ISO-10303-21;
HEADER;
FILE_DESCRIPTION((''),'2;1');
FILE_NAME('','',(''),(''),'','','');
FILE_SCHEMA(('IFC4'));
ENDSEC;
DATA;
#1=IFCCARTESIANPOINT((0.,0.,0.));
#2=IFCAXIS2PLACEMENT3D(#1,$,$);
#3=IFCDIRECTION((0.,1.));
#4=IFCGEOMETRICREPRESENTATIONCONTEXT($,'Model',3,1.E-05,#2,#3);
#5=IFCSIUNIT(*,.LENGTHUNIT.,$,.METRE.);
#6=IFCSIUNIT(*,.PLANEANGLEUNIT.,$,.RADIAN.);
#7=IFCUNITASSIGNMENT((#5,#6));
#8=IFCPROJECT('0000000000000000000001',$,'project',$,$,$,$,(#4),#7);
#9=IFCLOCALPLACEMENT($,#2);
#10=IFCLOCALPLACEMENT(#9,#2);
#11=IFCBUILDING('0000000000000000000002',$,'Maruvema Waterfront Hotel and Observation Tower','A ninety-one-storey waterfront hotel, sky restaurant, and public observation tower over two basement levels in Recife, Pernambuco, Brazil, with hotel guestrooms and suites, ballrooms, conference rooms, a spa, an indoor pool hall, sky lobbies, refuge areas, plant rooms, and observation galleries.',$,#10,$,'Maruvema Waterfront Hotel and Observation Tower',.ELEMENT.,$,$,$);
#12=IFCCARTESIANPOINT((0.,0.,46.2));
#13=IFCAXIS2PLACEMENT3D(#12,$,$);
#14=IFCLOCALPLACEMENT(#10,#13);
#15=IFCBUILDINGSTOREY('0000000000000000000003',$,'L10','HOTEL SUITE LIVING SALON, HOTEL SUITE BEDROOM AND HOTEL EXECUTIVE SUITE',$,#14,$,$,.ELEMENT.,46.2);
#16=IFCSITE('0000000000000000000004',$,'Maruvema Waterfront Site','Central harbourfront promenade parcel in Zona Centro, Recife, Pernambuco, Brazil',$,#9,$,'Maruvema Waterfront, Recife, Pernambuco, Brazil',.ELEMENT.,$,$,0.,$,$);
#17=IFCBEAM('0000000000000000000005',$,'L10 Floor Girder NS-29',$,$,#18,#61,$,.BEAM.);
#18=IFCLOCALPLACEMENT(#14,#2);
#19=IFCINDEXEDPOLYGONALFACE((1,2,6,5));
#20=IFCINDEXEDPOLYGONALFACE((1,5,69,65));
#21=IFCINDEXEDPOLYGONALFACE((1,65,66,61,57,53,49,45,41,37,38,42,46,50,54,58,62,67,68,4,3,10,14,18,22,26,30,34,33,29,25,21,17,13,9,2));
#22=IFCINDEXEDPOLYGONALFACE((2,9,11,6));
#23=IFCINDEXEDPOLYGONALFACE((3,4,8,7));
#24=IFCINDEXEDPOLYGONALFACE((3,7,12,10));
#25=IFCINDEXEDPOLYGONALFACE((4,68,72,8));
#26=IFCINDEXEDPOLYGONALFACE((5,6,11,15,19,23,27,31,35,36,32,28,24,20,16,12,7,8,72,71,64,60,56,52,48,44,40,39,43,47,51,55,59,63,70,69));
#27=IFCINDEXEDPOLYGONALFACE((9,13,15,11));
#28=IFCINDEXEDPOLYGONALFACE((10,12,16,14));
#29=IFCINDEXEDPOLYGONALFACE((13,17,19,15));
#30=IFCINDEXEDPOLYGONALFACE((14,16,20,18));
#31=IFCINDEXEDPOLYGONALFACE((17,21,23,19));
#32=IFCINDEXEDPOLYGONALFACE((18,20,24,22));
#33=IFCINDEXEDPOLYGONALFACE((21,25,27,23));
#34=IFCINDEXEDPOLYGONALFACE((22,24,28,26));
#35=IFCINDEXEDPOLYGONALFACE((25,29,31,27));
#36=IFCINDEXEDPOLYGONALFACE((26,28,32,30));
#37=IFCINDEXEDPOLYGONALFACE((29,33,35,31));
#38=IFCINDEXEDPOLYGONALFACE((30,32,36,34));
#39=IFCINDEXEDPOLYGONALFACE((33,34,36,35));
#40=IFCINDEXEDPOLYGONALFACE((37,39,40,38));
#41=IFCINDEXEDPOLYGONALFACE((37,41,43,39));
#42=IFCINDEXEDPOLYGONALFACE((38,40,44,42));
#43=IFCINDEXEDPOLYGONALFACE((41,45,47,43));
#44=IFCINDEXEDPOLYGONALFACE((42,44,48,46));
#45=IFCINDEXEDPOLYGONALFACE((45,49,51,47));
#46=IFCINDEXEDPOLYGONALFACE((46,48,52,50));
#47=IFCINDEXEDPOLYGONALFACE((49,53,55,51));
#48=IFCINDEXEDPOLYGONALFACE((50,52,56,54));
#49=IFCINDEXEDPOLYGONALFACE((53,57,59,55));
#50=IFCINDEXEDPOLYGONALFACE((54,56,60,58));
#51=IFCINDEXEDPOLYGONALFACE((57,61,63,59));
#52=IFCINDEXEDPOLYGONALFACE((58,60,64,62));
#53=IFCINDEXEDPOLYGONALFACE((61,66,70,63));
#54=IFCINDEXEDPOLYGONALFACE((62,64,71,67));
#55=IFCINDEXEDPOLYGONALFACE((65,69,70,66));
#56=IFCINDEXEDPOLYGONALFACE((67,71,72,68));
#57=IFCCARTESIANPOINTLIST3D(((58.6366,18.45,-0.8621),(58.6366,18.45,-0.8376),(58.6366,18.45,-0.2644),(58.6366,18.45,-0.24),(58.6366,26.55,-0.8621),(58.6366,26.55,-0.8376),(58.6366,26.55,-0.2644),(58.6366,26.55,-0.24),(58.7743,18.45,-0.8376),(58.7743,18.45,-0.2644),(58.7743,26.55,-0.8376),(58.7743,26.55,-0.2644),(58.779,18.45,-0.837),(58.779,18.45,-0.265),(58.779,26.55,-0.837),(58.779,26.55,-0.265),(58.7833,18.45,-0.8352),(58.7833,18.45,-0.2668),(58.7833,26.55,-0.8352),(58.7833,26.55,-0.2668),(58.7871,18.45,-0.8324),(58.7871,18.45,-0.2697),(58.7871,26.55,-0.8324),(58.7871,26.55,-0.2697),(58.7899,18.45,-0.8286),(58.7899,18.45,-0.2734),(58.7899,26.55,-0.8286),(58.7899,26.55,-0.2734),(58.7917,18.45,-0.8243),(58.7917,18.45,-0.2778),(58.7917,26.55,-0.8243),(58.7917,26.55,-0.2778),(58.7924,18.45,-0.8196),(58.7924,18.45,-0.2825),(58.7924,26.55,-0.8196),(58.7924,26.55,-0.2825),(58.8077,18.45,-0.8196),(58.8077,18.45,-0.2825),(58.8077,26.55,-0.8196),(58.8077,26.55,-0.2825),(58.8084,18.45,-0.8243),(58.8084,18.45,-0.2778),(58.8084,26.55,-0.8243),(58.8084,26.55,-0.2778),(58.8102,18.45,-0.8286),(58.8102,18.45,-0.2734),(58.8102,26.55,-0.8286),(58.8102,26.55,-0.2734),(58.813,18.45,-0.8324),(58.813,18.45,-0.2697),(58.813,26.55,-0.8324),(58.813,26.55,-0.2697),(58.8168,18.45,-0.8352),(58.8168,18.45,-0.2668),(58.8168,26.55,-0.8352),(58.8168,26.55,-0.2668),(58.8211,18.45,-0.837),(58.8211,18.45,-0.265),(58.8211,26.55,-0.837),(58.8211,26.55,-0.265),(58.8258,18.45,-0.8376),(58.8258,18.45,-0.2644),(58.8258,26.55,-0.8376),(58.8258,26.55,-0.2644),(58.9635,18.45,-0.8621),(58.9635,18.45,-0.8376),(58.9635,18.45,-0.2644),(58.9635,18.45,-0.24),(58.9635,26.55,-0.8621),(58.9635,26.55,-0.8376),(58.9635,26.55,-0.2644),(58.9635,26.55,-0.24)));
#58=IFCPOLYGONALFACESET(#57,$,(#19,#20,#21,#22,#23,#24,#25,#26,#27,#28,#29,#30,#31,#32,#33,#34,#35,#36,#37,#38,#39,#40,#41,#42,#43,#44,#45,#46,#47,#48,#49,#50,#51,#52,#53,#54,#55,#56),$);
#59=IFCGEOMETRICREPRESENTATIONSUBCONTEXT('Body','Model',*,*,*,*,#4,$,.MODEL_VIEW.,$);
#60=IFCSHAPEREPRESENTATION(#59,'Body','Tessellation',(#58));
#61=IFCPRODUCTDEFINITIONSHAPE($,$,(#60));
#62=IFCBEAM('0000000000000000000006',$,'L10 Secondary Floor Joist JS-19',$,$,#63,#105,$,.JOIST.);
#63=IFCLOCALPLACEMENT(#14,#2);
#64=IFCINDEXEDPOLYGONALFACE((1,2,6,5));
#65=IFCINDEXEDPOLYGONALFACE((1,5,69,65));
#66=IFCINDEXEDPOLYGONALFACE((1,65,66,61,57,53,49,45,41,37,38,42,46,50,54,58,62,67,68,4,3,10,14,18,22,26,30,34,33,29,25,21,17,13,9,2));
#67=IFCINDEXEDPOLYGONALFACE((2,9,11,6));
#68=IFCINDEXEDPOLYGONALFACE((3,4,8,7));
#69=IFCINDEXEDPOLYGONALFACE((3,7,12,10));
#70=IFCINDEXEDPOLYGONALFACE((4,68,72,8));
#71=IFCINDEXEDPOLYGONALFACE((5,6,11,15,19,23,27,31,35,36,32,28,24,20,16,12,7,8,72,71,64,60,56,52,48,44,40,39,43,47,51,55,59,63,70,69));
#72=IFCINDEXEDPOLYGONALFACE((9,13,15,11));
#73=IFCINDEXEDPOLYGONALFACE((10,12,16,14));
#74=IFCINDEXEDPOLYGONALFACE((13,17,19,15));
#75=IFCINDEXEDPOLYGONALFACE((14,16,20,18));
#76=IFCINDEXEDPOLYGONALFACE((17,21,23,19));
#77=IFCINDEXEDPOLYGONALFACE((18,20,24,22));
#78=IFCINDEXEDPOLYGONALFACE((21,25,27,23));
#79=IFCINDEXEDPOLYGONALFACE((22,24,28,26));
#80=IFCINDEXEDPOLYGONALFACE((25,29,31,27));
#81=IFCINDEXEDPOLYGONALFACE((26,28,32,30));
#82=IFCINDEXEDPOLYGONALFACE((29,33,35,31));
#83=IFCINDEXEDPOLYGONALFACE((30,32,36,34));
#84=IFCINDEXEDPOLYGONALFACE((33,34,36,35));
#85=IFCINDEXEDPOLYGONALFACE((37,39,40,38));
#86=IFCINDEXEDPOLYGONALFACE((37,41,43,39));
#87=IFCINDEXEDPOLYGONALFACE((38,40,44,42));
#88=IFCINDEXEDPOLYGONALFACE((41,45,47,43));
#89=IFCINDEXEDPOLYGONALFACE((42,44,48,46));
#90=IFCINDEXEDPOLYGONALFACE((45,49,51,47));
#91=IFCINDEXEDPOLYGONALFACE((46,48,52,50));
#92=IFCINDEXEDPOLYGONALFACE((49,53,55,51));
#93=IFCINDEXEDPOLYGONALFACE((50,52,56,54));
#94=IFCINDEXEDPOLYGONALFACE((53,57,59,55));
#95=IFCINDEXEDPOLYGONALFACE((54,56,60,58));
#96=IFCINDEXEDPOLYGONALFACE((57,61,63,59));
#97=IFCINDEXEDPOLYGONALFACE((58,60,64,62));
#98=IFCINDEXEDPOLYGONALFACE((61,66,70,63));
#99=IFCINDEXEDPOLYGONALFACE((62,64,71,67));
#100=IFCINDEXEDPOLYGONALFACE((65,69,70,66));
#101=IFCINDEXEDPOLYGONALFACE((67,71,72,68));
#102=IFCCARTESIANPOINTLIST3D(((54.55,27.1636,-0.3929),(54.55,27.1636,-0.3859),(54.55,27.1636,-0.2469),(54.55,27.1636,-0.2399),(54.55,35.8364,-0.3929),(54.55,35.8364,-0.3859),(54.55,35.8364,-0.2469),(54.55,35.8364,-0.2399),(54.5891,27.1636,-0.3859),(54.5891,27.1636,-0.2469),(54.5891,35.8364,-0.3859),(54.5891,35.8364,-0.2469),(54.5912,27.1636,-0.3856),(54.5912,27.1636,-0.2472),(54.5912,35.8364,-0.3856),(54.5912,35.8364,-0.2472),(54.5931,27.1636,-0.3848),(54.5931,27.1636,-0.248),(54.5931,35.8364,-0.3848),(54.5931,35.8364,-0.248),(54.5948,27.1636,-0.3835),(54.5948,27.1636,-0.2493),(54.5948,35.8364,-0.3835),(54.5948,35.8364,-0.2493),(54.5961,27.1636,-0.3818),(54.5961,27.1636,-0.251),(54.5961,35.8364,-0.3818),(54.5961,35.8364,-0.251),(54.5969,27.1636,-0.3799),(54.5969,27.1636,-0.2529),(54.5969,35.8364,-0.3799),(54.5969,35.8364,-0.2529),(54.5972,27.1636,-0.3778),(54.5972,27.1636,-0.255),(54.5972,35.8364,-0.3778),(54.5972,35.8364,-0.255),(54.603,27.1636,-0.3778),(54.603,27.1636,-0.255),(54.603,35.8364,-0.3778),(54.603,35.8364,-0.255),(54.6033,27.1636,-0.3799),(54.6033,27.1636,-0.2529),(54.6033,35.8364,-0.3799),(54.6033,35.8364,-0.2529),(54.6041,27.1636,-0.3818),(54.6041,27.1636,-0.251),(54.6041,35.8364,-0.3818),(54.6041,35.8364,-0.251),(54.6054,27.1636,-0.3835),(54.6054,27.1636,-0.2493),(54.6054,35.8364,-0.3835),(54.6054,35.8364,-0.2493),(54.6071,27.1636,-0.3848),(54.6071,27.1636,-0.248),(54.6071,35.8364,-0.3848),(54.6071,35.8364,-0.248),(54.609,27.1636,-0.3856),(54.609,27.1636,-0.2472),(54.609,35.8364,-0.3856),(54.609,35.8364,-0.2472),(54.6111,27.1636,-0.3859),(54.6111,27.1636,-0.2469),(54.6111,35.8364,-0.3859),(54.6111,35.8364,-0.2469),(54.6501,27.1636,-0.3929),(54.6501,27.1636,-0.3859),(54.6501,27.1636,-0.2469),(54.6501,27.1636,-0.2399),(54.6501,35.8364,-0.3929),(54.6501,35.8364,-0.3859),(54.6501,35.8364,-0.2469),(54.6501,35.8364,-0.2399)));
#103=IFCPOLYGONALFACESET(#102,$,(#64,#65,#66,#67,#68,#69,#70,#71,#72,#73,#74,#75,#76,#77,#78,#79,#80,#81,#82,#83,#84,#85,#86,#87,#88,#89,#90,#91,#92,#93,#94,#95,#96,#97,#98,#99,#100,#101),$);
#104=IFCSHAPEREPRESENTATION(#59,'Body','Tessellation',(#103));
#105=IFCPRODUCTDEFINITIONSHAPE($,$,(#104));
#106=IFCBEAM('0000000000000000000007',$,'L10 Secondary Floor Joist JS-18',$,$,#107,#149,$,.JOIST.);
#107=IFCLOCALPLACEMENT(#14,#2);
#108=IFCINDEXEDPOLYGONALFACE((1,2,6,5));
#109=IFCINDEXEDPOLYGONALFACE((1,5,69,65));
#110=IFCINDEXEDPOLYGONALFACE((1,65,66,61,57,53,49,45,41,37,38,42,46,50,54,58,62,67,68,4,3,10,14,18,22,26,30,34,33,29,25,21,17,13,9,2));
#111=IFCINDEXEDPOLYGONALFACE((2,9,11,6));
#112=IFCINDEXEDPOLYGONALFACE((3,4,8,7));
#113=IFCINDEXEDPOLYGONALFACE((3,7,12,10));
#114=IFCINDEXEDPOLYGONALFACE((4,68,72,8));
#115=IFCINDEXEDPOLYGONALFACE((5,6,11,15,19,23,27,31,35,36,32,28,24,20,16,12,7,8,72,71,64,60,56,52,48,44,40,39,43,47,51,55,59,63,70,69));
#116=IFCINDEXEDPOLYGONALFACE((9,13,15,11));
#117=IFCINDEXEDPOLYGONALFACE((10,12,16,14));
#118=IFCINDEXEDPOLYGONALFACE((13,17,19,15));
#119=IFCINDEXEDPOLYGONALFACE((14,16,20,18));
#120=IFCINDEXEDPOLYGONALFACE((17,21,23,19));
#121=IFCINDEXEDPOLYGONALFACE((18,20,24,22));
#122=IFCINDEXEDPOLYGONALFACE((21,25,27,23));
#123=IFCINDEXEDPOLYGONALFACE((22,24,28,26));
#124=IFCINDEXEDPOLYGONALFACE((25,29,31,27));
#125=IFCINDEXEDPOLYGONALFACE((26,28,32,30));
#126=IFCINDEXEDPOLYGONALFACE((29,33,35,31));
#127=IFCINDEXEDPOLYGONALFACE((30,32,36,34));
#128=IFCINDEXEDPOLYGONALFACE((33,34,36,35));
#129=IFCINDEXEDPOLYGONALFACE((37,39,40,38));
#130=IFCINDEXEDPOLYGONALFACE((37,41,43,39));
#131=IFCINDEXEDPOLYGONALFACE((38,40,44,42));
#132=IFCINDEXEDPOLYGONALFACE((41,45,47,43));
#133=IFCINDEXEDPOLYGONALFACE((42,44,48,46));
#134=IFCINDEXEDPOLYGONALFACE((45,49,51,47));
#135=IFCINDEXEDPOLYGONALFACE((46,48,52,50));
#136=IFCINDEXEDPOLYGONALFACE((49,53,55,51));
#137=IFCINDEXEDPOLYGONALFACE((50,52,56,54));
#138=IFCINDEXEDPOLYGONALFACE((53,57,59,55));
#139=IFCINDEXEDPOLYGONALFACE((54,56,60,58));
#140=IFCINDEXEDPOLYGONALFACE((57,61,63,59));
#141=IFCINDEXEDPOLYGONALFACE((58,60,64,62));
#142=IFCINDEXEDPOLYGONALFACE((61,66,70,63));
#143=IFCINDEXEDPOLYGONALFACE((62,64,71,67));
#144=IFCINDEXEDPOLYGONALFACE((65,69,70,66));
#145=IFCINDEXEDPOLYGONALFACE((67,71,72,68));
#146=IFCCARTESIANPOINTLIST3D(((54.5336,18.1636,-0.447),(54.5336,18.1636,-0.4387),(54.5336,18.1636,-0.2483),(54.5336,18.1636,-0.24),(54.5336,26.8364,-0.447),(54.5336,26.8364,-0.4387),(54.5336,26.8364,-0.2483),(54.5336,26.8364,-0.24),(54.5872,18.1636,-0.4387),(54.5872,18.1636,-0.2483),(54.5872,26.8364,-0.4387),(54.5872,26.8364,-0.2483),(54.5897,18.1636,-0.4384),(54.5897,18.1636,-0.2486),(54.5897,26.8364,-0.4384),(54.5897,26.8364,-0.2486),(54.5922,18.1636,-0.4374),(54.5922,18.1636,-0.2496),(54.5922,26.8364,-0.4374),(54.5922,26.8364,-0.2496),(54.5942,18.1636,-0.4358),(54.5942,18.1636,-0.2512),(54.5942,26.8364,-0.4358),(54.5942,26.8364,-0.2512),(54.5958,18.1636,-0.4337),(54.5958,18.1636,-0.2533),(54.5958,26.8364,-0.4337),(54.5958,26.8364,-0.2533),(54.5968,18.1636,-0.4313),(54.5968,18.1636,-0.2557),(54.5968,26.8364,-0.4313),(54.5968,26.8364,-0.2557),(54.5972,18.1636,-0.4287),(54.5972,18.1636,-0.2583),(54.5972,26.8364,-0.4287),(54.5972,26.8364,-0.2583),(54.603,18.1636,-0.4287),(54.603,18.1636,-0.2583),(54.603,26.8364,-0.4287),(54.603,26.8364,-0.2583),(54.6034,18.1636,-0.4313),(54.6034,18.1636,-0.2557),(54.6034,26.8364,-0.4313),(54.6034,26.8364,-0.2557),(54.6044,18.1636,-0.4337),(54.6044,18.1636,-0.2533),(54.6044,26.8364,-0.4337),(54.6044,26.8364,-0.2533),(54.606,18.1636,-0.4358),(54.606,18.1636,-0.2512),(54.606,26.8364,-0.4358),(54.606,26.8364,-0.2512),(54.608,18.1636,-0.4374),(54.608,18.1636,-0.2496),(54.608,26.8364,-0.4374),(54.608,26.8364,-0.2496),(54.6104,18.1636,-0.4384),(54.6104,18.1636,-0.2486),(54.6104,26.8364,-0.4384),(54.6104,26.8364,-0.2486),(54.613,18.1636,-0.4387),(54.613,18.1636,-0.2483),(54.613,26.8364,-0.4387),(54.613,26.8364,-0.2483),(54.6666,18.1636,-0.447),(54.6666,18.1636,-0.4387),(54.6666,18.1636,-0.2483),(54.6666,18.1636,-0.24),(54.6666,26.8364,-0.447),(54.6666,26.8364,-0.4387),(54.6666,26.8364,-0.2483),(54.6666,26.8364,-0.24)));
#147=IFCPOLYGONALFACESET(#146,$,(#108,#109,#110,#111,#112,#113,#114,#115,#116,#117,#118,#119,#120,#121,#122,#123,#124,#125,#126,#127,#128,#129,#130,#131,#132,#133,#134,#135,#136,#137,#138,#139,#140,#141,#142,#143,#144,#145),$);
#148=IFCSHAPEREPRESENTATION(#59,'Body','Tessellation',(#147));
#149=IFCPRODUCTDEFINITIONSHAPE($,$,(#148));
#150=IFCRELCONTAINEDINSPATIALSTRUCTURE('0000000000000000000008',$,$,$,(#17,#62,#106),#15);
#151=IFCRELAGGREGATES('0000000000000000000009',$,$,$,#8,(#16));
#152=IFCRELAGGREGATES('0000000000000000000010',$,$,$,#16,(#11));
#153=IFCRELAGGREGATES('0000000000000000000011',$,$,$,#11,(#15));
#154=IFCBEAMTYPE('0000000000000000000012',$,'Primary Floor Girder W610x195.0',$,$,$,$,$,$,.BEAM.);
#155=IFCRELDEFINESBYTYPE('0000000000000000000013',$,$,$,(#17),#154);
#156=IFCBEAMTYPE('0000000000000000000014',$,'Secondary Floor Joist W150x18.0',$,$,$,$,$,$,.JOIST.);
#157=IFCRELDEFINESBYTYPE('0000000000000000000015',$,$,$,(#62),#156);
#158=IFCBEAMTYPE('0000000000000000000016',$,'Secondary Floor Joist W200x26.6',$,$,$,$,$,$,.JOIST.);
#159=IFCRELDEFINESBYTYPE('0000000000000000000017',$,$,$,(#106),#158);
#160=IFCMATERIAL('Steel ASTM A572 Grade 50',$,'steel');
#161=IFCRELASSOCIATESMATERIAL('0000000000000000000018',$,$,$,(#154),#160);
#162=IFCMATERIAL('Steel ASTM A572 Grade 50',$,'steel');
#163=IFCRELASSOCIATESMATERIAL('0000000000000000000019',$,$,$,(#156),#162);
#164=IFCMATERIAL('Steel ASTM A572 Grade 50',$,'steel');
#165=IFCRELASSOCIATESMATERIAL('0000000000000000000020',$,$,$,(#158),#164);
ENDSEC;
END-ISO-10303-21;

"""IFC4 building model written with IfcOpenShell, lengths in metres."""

from ifc_helpers import new_model, si_unit, direction, frame, origin, origin_2d, place, context, subcontext, project, spatial, i_section, extrude, material, material_profile, profile_set, type_object, element, save


model = new_model("IFC4")

# Units and contexts
model_context = context("Model", 3, precision=1e-05, world=origin(), true_north=direction((0.0, 1.0)))
body_context = subcontext(model_context, "Body", "Model", "MODEL_VIEW")
ifc_project = project(units=[si_unit("LENGTHUNIT", "METRE"), si_unit("PLANEANGLEUNIT", "RADIAN")], contexts=[model_context])

# Site, building, storey
site_placement = place(None, origin())
site = spatial("IfcSite", under=ifc_project, at=site_placement, Name="Maruvema Waterfront Site", Description="Central harbourfront promenade parcel in Zona Centro, Recife, Pernambuco, Brazil", LongName="Maruvema Waterfront, Recife, Pernambuco, Brazil", CompositionType="ELEMENT", RefElevation=0.0)
building_placement = place(site_placement, origin())
building = spatial("IfcBuilding", under=site, at=building_placement, Name="Maruvema Waterfront Hotel and Observation Tower", Description="A ninety-one-storey waterfront hotel, sky restaurant, and public observation tower over two basement levels in Recife, Pernambuco, Brazil, with hotel guestrooms and suites, ballrooms, conference rooms, a spa, an indoor pool hall, sky lobbies, refuge areas, plant rooms, and observation galleries.", LongName="Maruvema Waterfront Hotel and Observation Tower", CompositionType="ELEMENT")
storey_placement = place(building_placement, frame((0.0, 0.0, 46.2)))
storey = spatial("IfcBuildingStorey", under=building, at=storey_placement, Name="L10", Description="HOTEL SUITE LIVING SALON, HOTEL SUITE BEDROOM AND HOTEL EXECUTIVE SUITE", CompositionType="ELEMENT", Elevation=46.2)

# Beams
ifc_material_1 = material(Name="Steel ASTM A572 Grade 50", Category="steel")
ifc_material_profile_1 = material_profile(ifc_material_1, i_section(OverallWidth=0.3269, OverallDepth=0.6221, WebThickness=0.0154, FlangeThickness=0.0244, FilletRadius=0.0181, at=origin_2d()), Name="W610x195.0")
ifc_profile_set_1 = profile_set([ifc_material_profile_1], Name="Steel ASTM A572 Grade 50")
beam_type_1 = type_object("IfcBeamType", Name="Primary Floor Girder W610x195.0", PredefinedType="BEAM", material=ifc_profile_set_1)
beam_1_placement = place(storey_placement, frame((58.8, 18.45, -0.551), z_axis=(0.0, 1.0, 0.0), x_axis=(-1.0, 0.0, 0.0)))
element("IfcBeam", 1, at=beam_1_placement, inside=storey, type_object=beam_type_1, Name="L10 Floor Girder NS-29", PredefinedType="BEAM", context=body_context, shape_type="SweptSolid", body=[
    extrude(i_section(OverallWidth=0.3269, OverallDepth=0.6221, WebThickness=0.0154, FlangeThickness=0.0244, FilletRadius=0.0181, at=origin_2d()), origin(), (0.0, 0.0, 1.0), 8.1001),
])
ifc_material_2 = material(Name="Steel ASTM A572 Grade 50", Category="steel")
ifc_material_profile_2 = material_profile(ifc_material_2, i_section(OverallWidth=0.1001, OverallDepth=0.1531, WebThickness=0.0059, FlangeThickness=0.0071, FilletRadius=0.0081, at=origin_2d()), Name="W150x18.0")
ifc_profile_set_2 = profile_set([ifc_material_profile_2], Name="Steel ASTM A572 Grade 50")
beam_type_2 = type_object("IfcBeamType", Name="Secondary Floor Joist W150x18.0", PredefinedType="JOIST", material=ifc_profile_set_2)
beam_2_placement = place(storey_placement, frame((54.6001, 27.1636, -0.3164), z_axis=(0.0, 1.0, 0.0), x_axis=(-1.0, 0.0, 0.0)))
element("IfcBeam", 2, at=beam_2_placement, inside=storey, type_object=beam_type_2, Name="L10 Secondary Floor Joist JS-19", PredefinedType="JOIST", context=body_context, shape_type="SweptSolid", body=[
    extrude(i_section(OverallWidth=0.1001, OverallDepth=0.1531, WebThickness=0.0059, FlangeThickness=0.0071, FilletRadius=0.0081, at=origin_2d()), origin(), (0.0, 0.0, 1.0), 8.6729),
])
ifc_material_3 = material(Name="Steel ASTM A572 Grade 50", Category="steel")
ifc_material_profile_3 = material_profile(ifc_material_3, i_section(OverallWidth=0.1331, OverallDepth=0.207, WebThickness=0.0059, FlangeThickness=0.0083, FilletRadius=0.01, at=origin_2d()), Name="W200x26.6")
ifc_profile_set_3 = profile_set([ifc_material_profile_3], Name="Steel ASTM A572 Grade 50")
beam_type_3 = type_object("IfcBeamType", Name="Secondary Floor Joist W200x26.6", PredefinedType="JOIST", material=ifc_profile_set_3)
beam_3_placement = place(storey_placement, frame((54.6001, 18.1636, -0.3435), z_axis=(0.0, 1.0, 0.0), x_axis=(-1.0, 0.0, 0.0)))
element("IfcBeam", 3, at=beam_3_placement, inside=storey, type_object=beam_type_3, Name="L10 Secondary Floor Joist JS-18", PredefinedType="JOIST", context=body_context, shape_type="SweptSolid", body=[
    extrude(i_section(OverallWidth=0.1331, OverallDepth=0.207, WebThickness=0.0059, FlangeThickness=0.0083, FilletRadius=0.01, at=origin_2d()), origin(), (0.0, 0.0, 1.0), 8.6729),
])

save(model, "model.ifc")
